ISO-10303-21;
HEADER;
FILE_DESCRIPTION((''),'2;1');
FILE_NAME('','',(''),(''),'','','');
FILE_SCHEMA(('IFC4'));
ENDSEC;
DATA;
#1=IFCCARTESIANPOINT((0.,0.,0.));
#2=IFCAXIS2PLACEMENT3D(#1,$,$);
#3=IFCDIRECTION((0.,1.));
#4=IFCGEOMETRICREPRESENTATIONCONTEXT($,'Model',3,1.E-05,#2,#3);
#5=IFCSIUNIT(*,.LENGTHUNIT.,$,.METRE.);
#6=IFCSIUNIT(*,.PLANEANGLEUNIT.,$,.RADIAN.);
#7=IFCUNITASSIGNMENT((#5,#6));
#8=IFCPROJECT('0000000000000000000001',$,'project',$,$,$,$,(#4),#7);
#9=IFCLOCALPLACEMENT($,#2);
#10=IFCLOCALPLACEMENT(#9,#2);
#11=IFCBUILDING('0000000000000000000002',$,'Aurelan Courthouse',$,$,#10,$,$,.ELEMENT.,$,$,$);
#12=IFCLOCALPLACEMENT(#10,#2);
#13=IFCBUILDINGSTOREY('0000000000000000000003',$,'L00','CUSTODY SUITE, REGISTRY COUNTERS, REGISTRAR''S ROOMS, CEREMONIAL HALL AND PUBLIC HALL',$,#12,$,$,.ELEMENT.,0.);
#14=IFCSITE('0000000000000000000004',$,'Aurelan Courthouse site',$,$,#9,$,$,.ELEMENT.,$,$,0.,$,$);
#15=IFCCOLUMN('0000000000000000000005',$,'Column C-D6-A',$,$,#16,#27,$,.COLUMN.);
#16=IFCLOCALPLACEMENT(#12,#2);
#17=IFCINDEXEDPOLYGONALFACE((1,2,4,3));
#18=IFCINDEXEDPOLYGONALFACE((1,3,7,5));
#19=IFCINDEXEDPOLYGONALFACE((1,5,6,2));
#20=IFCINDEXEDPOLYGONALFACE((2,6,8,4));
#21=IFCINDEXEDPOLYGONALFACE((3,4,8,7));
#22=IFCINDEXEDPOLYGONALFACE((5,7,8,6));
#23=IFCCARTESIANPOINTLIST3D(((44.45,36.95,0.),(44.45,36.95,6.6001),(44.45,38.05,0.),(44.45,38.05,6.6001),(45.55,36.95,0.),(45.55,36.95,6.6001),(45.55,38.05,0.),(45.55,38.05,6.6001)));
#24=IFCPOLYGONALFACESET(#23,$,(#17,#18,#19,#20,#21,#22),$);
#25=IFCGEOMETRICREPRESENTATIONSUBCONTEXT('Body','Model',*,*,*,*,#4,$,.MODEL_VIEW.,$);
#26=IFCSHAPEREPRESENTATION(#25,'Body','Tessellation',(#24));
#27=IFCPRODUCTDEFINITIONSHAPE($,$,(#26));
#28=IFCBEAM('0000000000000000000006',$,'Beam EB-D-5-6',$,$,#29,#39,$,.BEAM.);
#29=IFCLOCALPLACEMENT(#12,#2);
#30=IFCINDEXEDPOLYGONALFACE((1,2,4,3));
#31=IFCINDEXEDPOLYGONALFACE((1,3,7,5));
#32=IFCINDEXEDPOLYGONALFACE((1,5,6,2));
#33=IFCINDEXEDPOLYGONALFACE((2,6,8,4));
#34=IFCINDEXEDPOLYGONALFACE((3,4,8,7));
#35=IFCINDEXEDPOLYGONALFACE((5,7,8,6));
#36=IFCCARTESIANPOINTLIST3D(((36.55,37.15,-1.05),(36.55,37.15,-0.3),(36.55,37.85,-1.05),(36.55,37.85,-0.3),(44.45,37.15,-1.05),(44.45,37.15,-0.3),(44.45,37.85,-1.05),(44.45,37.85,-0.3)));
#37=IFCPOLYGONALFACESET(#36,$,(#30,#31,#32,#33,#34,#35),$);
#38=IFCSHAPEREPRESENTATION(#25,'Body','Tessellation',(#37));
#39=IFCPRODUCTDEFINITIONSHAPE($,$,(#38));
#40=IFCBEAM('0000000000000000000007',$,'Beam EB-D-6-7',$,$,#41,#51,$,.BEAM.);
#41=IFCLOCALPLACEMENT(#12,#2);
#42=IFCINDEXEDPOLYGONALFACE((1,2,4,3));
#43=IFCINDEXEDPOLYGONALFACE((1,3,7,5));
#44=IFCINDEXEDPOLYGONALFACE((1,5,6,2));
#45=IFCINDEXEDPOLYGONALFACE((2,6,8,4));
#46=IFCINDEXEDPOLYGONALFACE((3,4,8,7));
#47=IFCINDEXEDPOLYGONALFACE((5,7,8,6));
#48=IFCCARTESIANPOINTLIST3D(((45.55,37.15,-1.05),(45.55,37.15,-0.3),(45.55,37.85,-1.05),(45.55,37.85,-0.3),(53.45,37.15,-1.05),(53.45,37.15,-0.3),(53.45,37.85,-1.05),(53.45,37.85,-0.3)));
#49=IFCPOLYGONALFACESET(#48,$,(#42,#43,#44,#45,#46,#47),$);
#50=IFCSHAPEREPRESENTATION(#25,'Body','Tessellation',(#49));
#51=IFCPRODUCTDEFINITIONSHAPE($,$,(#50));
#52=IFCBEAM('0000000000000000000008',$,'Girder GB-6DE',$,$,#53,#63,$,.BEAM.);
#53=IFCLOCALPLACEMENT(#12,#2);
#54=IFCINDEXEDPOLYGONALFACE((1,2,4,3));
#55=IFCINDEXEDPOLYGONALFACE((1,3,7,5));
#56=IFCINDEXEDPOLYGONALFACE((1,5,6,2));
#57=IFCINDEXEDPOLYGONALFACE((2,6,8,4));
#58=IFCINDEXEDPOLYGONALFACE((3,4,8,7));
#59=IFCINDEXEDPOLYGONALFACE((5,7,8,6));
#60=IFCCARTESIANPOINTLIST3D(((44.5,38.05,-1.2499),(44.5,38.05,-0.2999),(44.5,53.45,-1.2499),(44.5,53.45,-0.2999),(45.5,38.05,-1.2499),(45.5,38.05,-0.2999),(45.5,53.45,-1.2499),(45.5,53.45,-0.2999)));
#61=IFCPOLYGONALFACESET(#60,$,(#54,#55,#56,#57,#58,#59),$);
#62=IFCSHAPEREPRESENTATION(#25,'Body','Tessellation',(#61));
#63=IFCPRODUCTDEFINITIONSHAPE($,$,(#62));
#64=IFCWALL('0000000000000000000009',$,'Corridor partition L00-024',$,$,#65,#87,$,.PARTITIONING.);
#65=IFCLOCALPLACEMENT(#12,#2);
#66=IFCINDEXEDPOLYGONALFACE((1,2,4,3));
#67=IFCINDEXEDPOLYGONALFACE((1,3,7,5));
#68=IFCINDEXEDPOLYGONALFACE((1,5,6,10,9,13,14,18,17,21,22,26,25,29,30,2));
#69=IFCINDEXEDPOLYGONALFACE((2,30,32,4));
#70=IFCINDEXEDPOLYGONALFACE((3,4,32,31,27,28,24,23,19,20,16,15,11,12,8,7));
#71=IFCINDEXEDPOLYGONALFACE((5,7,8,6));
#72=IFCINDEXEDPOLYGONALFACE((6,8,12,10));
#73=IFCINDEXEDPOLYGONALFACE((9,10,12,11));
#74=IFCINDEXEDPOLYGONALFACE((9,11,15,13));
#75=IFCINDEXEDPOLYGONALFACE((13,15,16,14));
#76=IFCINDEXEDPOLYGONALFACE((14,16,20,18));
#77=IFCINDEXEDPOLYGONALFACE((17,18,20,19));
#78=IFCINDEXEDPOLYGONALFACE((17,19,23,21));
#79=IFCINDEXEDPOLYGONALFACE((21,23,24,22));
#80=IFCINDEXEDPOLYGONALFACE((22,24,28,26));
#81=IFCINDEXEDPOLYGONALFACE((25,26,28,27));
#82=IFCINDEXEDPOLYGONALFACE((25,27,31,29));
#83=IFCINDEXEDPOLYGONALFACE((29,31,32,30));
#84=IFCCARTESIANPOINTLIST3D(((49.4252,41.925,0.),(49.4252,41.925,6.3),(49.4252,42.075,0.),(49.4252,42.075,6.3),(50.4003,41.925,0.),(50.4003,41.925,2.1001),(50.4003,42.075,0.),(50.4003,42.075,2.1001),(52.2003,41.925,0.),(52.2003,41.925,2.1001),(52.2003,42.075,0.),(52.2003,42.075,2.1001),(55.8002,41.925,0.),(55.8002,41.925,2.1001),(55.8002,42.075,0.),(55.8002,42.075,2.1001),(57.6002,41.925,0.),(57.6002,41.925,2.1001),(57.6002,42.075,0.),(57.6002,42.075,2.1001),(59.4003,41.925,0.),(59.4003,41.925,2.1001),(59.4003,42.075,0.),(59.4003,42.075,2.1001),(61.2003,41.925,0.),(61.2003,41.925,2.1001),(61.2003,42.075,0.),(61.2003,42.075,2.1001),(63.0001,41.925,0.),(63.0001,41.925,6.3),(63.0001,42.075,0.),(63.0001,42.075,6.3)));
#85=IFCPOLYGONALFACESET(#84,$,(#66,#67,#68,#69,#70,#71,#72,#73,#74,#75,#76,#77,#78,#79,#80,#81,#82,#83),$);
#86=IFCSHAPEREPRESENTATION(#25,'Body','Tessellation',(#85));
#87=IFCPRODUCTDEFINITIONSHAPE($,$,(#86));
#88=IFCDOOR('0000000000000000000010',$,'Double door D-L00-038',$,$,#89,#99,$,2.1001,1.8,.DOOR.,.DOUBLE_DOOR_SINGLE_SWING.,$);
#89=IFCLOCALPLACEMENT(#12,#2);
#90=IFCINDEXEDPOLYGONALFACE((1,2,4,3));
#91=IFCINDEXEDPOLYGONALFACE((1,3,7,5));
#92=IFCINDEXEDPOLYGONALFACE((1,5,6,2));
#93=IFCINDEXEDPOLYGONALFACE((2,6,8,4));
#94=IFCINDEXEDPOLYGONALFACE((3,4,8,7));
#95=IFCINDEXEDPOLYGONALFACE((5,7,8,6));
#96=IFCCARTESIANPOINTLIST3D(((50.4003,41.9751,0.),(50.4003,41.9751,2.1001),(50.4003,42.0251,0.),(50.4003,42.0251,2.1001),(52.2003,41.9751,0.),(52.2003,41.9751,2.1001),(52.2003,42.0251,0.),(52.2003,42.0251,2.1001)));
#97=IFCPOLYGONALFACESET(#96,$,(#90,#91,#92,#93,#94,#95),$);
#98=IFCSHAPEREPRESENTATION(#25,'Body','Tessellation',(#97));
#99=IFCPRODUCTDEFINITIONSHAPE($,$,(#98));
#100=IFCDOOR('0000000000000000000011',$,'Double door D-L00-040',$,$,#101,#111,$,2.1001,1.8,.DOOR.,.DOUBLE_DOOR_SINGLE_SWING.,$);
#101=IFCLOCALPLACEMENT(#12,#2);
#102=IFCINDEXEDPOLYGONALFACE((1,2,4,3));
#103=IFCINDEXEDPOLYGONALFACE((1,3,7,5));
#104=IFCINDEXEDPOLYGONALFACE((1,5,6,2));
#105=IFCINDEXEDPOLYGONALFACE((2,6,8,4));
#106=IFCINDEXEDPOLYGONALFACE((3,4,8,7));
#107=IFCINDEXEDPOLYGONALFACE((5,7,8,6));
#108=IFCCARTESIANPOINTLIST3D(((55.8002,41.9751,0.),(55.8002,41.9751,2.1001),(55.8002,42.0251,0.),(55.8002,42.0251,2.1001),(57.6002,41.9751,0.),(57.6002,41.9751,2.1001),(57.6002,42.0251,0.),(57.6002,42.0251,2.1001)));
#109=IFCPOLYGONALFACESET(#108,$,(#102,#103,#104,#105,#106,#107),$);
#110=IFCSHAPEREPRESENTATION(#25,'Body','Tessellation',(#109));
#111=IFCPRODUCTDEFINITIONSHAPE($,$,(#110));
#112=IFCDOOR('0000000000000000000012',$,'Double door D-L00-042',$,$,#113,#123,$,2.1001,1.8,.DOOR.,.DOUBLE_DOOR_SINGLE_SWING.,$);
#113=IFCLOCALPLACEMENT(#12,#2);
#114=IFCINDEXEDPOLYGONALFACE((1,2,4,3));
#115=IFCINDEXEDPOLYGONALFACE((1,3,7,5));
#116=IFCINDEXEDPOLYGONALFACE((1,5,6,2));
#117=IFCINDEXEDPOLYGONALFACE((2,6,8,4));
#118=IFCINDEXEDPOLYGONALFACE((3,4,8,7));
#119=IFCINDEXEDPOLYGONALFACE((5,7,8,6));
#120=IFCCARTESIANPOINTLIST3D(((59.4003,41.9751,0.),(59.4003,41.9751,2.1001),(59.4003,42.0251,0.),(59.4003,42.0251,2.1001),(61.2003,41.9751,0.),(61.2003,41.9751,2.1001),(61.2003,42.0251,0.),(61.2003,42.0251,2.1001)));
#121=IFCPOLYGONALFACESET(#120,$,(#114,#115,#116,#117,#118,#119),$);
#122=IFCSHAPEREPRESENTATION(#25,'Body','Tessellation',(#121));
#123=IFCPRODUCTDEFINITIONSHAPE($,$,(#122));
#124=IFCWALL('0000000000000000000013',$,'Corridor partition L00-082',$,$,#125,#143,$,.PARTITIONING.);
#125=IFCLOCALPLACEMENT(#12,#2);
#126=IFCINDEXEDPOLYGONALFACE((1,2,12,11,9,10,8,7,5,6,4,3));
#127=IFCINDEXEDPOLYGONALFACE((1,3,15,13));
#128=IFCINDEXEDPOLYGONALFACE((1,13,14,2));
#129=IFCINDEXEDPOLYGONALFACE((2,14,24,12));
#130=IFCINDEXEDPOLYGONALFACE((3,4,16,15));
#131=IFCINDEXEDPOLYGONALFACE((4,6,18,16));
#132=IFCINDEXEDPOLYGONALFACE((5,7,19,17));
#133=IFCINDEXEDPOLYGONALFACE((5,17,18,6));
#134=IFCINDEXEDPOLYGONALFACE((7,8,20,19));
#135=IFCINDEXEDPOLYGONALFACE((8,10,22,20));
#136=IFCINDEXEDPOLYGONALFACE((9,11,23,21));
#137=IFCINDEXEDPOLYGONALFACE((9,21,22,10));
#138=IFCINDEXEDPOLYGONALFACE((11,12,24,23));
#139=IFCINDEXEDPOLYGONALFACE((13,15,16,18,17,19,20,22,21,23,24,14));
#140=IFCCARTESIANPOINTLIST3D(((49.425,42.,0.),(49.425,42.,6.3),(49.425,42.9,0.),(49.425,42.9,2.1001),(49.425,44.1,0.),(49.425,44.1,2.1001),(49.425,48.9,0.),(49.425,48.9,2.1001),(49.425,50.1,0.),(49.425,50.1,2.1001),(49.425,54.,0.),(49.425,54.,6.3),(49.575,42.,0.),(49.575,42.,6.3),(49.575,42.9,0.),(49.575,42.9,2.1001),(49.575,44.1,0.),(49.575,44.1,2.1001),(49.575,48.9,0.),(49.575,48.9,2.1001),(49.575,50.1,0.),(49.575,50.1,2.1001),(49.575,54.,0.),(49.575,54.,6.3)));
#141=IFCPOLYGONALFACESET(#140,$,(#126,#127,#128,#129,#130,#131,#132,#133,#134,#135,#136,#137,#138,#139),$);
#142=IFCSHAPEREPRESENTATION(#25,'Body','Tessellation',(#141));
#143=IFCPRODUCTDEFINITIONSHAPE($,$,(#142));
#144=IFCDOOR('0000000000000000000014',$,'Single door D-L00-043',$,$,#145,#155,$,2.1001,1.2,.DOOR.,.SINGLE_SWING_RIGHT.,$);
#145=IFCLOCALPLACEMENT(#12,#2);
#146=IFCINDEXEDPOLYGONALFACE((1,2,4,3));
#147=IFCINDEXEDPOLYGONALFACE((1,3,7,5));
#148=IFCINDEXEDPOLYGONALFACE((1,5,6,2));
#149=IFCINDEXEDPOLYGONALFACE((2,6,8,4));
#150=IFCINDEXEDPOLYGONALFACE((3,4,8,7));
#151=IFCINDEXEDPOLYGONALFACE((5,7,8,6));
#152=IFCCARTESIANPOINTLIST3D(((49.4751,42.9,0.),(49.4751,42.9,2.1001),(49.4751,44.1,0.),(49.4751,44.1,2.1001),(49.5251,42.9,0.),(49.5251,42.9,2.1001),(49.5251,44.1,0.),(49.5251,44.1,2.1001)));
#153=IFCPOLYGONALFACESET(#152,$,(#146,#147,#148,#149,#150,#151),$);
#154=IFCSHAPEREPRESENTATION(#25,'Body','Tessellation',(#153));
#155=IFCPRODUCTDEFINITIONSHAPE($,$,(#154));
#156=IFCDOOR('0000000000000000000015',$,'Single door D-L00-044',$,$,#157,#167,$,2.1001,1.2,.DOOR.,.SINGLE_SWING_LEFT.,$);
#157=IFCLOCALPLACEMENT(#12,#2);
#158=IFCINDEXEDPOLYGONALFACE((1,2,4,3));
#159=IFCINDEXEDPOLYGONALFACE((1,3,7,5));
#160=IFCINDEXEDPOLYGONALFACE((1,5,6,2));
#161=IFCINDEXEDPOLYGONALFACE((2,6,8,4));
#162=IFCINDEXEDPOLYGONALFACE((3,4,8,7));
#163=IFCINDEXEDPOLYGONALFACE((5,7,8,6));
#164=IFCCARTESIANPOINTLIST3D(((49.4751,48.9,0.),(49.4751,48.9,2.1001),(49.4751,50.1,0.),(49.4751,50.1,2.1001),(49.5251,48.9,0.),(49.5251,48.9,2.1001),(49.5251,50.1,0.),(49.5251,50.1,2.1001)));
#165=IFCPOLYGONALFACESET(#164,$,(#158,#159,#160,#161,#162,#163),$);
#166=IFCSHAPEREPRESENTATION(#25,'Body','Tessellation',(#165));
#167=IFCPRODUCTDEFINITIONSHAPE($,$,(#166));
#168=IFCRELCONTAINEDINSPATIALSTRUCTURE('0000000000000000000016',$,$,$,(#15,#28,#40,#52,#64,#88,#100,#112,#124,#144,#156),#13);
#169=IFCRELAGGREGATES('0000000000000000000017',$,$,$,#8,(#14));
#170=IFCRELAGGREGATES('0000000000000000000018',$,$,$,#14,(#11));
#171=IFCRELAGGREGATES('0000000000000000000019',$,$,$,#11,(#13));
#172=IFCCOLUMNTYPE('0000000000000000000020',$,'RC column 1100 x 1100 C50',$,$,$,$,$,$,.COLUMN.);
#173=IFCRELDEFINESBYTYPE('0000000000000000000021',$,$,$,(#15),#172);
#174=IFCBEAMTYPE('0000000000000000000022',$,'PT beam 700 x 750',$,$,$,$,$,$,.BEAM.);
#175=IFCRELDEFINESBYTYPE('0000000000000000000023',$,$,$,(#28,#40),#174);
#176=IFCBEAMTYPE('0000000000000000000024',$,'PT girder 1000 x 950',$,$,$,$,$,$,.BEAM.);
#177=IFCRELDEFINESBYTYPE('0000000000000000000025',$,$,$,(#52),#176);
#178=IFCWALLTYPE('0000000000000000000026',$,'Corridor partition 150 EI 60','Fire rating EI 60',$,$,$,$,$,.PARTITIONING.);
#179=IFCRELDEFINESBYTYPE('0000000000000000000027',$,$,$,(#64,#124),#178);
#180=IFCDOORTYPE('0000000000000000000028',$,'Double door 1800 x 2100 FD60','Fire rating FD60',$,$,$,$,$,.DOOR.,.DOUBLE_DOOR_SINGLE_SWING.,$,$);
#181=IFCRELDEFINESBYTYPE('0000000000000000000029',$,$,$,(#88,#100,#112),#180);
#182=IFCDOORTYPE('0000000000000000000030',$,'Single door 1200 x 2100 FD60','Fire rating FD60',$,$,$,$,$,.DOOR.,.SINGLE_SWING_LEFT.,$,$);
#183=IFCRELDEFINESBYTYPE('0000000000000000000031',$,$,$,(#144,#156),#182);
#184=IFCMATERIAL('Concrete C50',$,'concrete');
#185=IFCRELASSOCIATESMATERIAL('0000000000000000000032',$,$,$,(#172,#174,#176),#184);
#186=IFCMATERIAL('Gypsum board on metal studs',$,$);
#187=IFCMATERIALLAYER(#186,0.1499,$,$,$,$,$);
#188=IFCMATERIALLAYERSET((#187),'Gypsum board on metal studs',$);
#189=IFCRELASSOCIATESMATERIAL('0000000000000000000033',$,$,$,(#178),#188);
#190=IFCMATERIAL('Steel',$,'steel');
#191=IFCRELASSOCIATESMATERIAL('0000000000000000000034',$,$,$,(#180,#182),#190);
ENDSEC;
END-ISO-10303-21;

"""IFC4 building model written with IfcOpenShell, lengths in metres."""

from ifc_helpers import new_model, si_unit, direction, frame, frame_2d, origin, origin_2d, place, context, subcontext, project, spatial, rectangle, extrude, material, layer, layer_set, material_profile, profile_set, type_object, element, fill, save


model = new_model("IFC4")

# Units and contexts
model_context = context("Model", 3, precision=1e-05, world=origin(), true_north=direction((0.0, 1.0)))
body_context = subcontext(model_context, "Body", "Model", "MODEL_VIEW")
ifc_project = project(units=[si_unit("LENGTHUNIT", "METRE"), si_unit("PLANEANGLEUNIT", "RADIAN")], contexts=[model_context])

# Site, building, storey
site_placement = place(None, origin())
site = spatial("IfcSite", under=ifc_project, at=site_placement, Name="Aurelan Courthouse site", CompositionType="ELEMENT", RefElevation=0.0)
building_placement = place(site_placement, origin())
building = spatial("IfcBuilding", under=site, at=building_placement, Name="Aurelan Courthouse", CompositionType="ELEMENT")
storey_placement = place(building_placement, origin())
storey = spatial("IfcBuildingStorey", under=building, at=storey_placement, Name="L00", Description="CUSTODY SUITE, REGISTRY COUNTERS, REGISTRAR'S ROOMS, CEREMONIAL HALL AND PUBLIC HALL", CompositionType="ELEMENT", Elevation=0.0)

# Column
ifc_material_1 = material(Name="Concrete C50", Category="concrete")
ifc_material_profile_1 = material_profile(ifc_material_1, rectangle(XDim=1.1001, YDim=1.1001, at=origin_2d()), Name="RC 1100 x 1100")
ifc_profile_set_1 = profile_set([ifc_material_profile_1], Name="Concrete C50")
column_type = type_object("IfcColumnType", Name="RC column 1100 x 1100 C50", PredefinedType="COLUMN", material=ifc_profile_set_1)
column_placement = place(storey_placement, frame((45.0, 37.5, 0.0), z_axis=(0.0, 0.0, 1.0), x_axis=(1.0, 0.0, 0.0)))
element("IfcColumn", 1, at=column_placement, inside=storey, type_object=column_type, Name="Column C-D6-A", PredefinedType="COLUMN", context=body_context, shape_type="SweptSolid", body=[
    extrude(rectangle(XDim=1.1001, YDim=1.1001, at=origin_2d()), origin(), (0.0, 0.0, 1.0), 6.6001),
])

# Beams
ifc_material_profile_2 = material_profile(ifc_material_1, rectangle(XDim=0.7, YDim=0.75, at=origin_2d()), Name="RC 700 x 750")
ifc_profile_set_2 = profile_set([ifc_material_profile_2], Name="Concrete C50")
beam_type_1 = type_object("IfcBeamType", Name="PT beam 700 x 750", PredefinedType="BEAM", material=ifc_profile_set_2)
for number, where, z_axis, x_axis, name in (
    (2, (36.55, 37.5, -0.675), (1.0, 0.0, 0.0), (0.0, 1.0, 0.0), "Beam EB-D-5-6"),
    (3, (45.55, 37.5, -0.675), (1.0, 0.0, 0.0), (0.0, 1.0, 0.0), "Beam EB-D-6-7"),
):
    element("IfcBeam", number, at=place(storey_placement, frame(where, z_axis=z_axis, x_axis=x_axis)), inside=storey, type_object=beam_type_1, Name=name, PredefinedType="BEAM", context=body_context, shape_type="SweptSolid", body=[
        extrude(rectangle(XDim=0.7, YDim=0.75, at=origin_2d()), origin(), (0.0, 0.0, 1.0), 7.8999),
    ])
ifc_material_profile_3 = material_profile(ifc_material_1, rectangle(XDim=1.0, YDim=0.95, at=origin_2d()), Name="RC 1000 x 950")
ifc_profile_set_3 = profile_set([ifc_material_profile_3], Name="Concrete C50")
beam_type_2 = type_object("IfcBeamType", Name="PT girder 1000 x 950", PredefinedType="BEAM", material=ifc_profile_set_3)
beam_placement = place(storey_placement, frame((45.0, 38.05, -0.7749), z_axis=(0.0, 1.0, 0.0), x_axis=(-1.0, 0.0, 0.0)))
element("IfcBeam", 4, at=beam_placement, inside=storey, type_object=beam_type_2, Name="Girder GB-6DE", PredefinedType="BEAM", context=body_context, shape_type="SweptSolid", body=[
    extrude(rectangle(XDim=1.0, YDim=0.95, at=origin_2d()), origin(), (0.0, 0.0, 1.0), 15.3999),
])

# Walls, openings, doors
ifc_material_2 = material(Name="Gypsum board on metal studs")
ifc_layer_1 = layer(ifc_material_2, 0.1499)
ifc_layer_set_1 = layer_set([ifc_layer_1], Name="Gypsum board on metal studs")
wall_type_1 = type_object("IfcWallType", Name="Corridor partition 150 EI 60", Description="Fire rating EI 60", PredefinedType="PARTITIONING", material=ifc_layer_set_1)
wall_1_placement = place(storey_placement, frame((49.425, 42.0, 0.0), z_axis=(0.0, 0.0, 1.0), x_axis=(1.0, 0.0, 0.0)))
wall_1 = element("IfcWall", 5, at=wall_1_placement, inside=storey, type_object=wall_type_1, Name="Corridor partition L00-024", PredefinedType="PARTITIONING", context=body_context, shape_type="SweptSolid", body=[
    extrude(rectangle(XDim=13.575, YDim=0.1499, at=frame_2d((6.7876, 0.0))), origin(), (0.0, 0.0, 1.0), 6.3),
])
opening_1_placement = place(wall_1_placement, frame((2.7751, 0.0, 0.0), z_axis=(0.0, 0.0, 1.0), x_axis=(-1.0, 0.0, 0.0)))
opening_1 = element("IfcOpeningElement", 6, at=opening_1_placement, cuts=wall_1, PredefinedType="OPENING", context=body_context, shape_type="SweptSolid", body=[
    extrude(rectangle(XDim=1.8, YDim=2.1001, at=frame_2d((0.8999, 1.05))), frame((0.0, 0.085, 0.0), z_axis=(0.0, -1.0, 0.0), x_axis=(1.0, 0.0, 0.0)), (0.0, 0.0, 1.0), 0.1699),
])
opening_2_placement = place(wall_1_placement, frame((8.175, 0.0, 0.0), z_axis=(0.0, 0.0, 1.0), x_axis=(-1.0, 0.0, 0.0)))
opening_2 = element("IfcOpeningElement", 7, at=opening_2_placement, cuts=wall_1, PredefinedType="OPENING", context=body_context, shape_type="SweptSolid", body=[
    extrude(rectangle(XDim=1.8, YDim=2.1001, at=frame_2d((0.8999, 1.05))), frame((0.0, 0.085, 0.0), z_axis=(0.0, -1.0, 0.0), x_axis=(1.0, 0.0, 0.0)), (0.0, 0.0, 1.0), 0.1699),
])
opening_3_placement = place(wall_1_placement, frame((11.7751, 0.0, 0.0), z_axis=(0.0, 0.0, 1.0), x_axis=(-1.0, 0.0, 0.0)))
opening_3 = element("IfcOpeningElement", 8, at=opening_3_placement, cuts=wall_1, PredefinedType="OPENING", context=body_context, shape_type="SweptSolid", body=[
    extrude(rectangle(XDim=1.8, YDim=2.1001, at=frame_2d((0.8999, 1.05))), frame((0.0, 0.085, 0.0), z_axis=(0.0, -1.0, 0.0), x_axis=(1.0, 0.0, 0.0)), (0.0, 0.0, 1.0), 0.1699),
])
ifc_material_3 = material(Name="Steel", Category="steel")
door_type_1 = type_object("IfcDoorType", Name="Double door 1800 x 2100 FD60", Description="Fire rating FD60", OperationType="DOUBLE_DOOR_SINGLE_SWING", PredefinedType="DOOR", material=ifc_material_3)
door_1_placement = place(opening_1_placement, origin())
door_1 = element("IfcDoor", 9, at=door_1_placement, inside=storey, type_object=door_type_1, Name="Double door D-L00-038", OperationType="DOUBLE_DOOR_SINGLE_SWING", OverallHeight=2.1001, OverallWidth=1.8, PredefinedType="DOOR", context=body_context, shape_type="SweptSolid", body=[
    extrude(rectangle(XDim=1.8, YDim=2.1001, at=frame_2d((0.8999, 1.05))), frame((0.0, 0.0249, 0.0), z_axis=(0.0, -1.0, 0.0), x_axis=(1.0, 0.0, 0.0)), (0.0, 0.0, 1.0), 0.05),
])
fill(opening_1, door_1)
door_2_placement = place(opening_2_placement, origin())
door_2 = element("IfcDoor", 10, at=door_2_placement, inside=storey, type_object=door_type_1, Name="Double door D-L00-040", OperationType="DOUBLE_DOOR_SINGLE_SWING", OverallHeight=2.1001, OverallWidth=1.8, PredefinedType="DOOR", context=body_context, shape_type="SweptSolid", body=[
    extrude(rectangle(XDim=1.8, YDim=2.1001, at=frame_2d((0.8999, 1.05))), frame((0.0, 0.0249, 0.0), z_axis=(0.0, -1.0, 0.0), x_axis=(1.0, 0.0, 0.0)), (0.0, 0.0, 1.0), 0.05),
])
fill(opening_2, door_2)
door_3_placement = place(opening_3_placement, origin())
door_3 = element("IfcDoor", 11, at=door_3_placement, inside=storey, type_object=door_type_1, Name="Double door D-L00-042", OperationType="DOUBLE_DOOR_SINGLE_SWING", OverallHeight=2.1001, OverallWidth=1.8, PredefinedType="DOOR", context=body_context, shape_type="SweptSolid", body=[
    extrude(rectangle(XDim=1.8, YDim=2.1001, at=frame_2d((0.8999, 1.05))), frame((0.0, 0.0249, 0.0), z_axis=(0.0, -1.0, 0.0), x_axis=(1.0, 0.0, 0.0)), (0.0, 0.0, 1.0), 0.05),
])
fill(opening_3, door_3)
wall_2_placement = place(storey_placement, frame((49.5, 42.0, 0.0), z_axis=(0.0, 0.0, 1.0), x_axis=(0.0, 1.0, 0.0)))
wall_2 = element("IfcWall", 12, at=wall_2_placement, inside=storey, type_object=wall_type_1, Name="Corridor partition L00-082", PredefinedType="PARTITIONING", context=body_context, shape_type="SweptSolid", body=[
    extrude(rectangle(XDim=12.0, YDim=0.1499, at=frame_2d((6.0, 0.0))), origin(), (0.0, 0.0, 1.0), 6.3),
])
opening_4_placement = place(wall_2_placement, frame((0.8999, 0.0, 0.0)))
opening_4 = element("IfcOpeningElement", 13, at=opening_4_placement, cuts=wall_2, PredefinedType="OPENING", context=body_context, shape_type="SweptSolid", body=[
    extrude(rectangle(XDim=1.2, YDim=2.1001, at=frame_2d((0.6001, 1.05))), frame((0.0, 0.085, 0.0), z_axis=(0.0, -1.0, 0.0), x_axis=(1.0, 0.0, 0.0)), (0.0, 0.0, 1.0), 0.1699),
])
opening_5_placement = place(wall_2_placement, frame((6.8999, 0.0, 0.0)))
opening_5 = element("IfcOpeningElement", 14, at=opening_5_placement, cuts=wall_2, PredefinedType="OPENING", context=body_context, shape_type="SweptSolid", body=[
    extrude(rectangle(XDim=1.2, YDim=2.1001, at=frame_2d((0.6001, 1.05))), frame((0.0, 0.085, 0.0), z_axis=(0.0, -1.0, 0.0), x_axis=(1.0, 0.0, 0.0)), (0.0, 0.0, 1.0), 0.1699),
])
door_type_2 = type_object("IfcDoorType", Name="Single door 1200 x 2100 FD60", Description="Fire rating FD60", OperationType="SINGLE_SWING_LEFT", PredefinedType="DOOR", material=ifc_material_3)
door_4_placement = place(opening_4_placement, origin())
door_4 = element("IfcDoor", 15, at=door_4_placement, inside=storey, type_object=door_type_2, Name="Single door D-L00-043", OperationType="SINGLE_SWING_RIGHT", OverallHeight=2.1001, OverallWidth=1.2, PredefinedType="DOOR", context=body_context, shape_type="SweptSolid", body=[
    extrude(rectangle(XDim=1.2, YDim=2.1001, at=frame_2d((0.6001, 1.05))), frame((0.0, 0.0249, 0.0), z_axis=(0.0, -1.0, 0.0), x_axis=(1.0, 0.0, 0.0)), (0.0, 0.0, 1.0), 0.05),
])
fill(opening_4, door_4)
door_5_placement = place(opening_5_placement, origin())
door_5 = element("IfcDoor", 16, at=door_5_placement, inside=storey, type_object=door_type_2, Name="Single door D-L00-044", OperationType="SINGLE_SWING_LEFT", OverallHeight=2.1001, OverallWidth=1.2, PredefinedType="DOOR", context=body_context, shape_type="SweptSolid", body=[
    extrude(rectangle(XDim=1.2, YDim=2.1001, at=frame_2d((0.6001, 1.05))), frame((0.0, 0.0249, 0.0), z_axis=(0.0, -1.0, 0.0), x_axis=(1.0, 0.0, 0.0)), (0.0, 0.0, 1.0), 0.05),
])
fill(opening_5, door_5)

save(model, "model.ifc")
